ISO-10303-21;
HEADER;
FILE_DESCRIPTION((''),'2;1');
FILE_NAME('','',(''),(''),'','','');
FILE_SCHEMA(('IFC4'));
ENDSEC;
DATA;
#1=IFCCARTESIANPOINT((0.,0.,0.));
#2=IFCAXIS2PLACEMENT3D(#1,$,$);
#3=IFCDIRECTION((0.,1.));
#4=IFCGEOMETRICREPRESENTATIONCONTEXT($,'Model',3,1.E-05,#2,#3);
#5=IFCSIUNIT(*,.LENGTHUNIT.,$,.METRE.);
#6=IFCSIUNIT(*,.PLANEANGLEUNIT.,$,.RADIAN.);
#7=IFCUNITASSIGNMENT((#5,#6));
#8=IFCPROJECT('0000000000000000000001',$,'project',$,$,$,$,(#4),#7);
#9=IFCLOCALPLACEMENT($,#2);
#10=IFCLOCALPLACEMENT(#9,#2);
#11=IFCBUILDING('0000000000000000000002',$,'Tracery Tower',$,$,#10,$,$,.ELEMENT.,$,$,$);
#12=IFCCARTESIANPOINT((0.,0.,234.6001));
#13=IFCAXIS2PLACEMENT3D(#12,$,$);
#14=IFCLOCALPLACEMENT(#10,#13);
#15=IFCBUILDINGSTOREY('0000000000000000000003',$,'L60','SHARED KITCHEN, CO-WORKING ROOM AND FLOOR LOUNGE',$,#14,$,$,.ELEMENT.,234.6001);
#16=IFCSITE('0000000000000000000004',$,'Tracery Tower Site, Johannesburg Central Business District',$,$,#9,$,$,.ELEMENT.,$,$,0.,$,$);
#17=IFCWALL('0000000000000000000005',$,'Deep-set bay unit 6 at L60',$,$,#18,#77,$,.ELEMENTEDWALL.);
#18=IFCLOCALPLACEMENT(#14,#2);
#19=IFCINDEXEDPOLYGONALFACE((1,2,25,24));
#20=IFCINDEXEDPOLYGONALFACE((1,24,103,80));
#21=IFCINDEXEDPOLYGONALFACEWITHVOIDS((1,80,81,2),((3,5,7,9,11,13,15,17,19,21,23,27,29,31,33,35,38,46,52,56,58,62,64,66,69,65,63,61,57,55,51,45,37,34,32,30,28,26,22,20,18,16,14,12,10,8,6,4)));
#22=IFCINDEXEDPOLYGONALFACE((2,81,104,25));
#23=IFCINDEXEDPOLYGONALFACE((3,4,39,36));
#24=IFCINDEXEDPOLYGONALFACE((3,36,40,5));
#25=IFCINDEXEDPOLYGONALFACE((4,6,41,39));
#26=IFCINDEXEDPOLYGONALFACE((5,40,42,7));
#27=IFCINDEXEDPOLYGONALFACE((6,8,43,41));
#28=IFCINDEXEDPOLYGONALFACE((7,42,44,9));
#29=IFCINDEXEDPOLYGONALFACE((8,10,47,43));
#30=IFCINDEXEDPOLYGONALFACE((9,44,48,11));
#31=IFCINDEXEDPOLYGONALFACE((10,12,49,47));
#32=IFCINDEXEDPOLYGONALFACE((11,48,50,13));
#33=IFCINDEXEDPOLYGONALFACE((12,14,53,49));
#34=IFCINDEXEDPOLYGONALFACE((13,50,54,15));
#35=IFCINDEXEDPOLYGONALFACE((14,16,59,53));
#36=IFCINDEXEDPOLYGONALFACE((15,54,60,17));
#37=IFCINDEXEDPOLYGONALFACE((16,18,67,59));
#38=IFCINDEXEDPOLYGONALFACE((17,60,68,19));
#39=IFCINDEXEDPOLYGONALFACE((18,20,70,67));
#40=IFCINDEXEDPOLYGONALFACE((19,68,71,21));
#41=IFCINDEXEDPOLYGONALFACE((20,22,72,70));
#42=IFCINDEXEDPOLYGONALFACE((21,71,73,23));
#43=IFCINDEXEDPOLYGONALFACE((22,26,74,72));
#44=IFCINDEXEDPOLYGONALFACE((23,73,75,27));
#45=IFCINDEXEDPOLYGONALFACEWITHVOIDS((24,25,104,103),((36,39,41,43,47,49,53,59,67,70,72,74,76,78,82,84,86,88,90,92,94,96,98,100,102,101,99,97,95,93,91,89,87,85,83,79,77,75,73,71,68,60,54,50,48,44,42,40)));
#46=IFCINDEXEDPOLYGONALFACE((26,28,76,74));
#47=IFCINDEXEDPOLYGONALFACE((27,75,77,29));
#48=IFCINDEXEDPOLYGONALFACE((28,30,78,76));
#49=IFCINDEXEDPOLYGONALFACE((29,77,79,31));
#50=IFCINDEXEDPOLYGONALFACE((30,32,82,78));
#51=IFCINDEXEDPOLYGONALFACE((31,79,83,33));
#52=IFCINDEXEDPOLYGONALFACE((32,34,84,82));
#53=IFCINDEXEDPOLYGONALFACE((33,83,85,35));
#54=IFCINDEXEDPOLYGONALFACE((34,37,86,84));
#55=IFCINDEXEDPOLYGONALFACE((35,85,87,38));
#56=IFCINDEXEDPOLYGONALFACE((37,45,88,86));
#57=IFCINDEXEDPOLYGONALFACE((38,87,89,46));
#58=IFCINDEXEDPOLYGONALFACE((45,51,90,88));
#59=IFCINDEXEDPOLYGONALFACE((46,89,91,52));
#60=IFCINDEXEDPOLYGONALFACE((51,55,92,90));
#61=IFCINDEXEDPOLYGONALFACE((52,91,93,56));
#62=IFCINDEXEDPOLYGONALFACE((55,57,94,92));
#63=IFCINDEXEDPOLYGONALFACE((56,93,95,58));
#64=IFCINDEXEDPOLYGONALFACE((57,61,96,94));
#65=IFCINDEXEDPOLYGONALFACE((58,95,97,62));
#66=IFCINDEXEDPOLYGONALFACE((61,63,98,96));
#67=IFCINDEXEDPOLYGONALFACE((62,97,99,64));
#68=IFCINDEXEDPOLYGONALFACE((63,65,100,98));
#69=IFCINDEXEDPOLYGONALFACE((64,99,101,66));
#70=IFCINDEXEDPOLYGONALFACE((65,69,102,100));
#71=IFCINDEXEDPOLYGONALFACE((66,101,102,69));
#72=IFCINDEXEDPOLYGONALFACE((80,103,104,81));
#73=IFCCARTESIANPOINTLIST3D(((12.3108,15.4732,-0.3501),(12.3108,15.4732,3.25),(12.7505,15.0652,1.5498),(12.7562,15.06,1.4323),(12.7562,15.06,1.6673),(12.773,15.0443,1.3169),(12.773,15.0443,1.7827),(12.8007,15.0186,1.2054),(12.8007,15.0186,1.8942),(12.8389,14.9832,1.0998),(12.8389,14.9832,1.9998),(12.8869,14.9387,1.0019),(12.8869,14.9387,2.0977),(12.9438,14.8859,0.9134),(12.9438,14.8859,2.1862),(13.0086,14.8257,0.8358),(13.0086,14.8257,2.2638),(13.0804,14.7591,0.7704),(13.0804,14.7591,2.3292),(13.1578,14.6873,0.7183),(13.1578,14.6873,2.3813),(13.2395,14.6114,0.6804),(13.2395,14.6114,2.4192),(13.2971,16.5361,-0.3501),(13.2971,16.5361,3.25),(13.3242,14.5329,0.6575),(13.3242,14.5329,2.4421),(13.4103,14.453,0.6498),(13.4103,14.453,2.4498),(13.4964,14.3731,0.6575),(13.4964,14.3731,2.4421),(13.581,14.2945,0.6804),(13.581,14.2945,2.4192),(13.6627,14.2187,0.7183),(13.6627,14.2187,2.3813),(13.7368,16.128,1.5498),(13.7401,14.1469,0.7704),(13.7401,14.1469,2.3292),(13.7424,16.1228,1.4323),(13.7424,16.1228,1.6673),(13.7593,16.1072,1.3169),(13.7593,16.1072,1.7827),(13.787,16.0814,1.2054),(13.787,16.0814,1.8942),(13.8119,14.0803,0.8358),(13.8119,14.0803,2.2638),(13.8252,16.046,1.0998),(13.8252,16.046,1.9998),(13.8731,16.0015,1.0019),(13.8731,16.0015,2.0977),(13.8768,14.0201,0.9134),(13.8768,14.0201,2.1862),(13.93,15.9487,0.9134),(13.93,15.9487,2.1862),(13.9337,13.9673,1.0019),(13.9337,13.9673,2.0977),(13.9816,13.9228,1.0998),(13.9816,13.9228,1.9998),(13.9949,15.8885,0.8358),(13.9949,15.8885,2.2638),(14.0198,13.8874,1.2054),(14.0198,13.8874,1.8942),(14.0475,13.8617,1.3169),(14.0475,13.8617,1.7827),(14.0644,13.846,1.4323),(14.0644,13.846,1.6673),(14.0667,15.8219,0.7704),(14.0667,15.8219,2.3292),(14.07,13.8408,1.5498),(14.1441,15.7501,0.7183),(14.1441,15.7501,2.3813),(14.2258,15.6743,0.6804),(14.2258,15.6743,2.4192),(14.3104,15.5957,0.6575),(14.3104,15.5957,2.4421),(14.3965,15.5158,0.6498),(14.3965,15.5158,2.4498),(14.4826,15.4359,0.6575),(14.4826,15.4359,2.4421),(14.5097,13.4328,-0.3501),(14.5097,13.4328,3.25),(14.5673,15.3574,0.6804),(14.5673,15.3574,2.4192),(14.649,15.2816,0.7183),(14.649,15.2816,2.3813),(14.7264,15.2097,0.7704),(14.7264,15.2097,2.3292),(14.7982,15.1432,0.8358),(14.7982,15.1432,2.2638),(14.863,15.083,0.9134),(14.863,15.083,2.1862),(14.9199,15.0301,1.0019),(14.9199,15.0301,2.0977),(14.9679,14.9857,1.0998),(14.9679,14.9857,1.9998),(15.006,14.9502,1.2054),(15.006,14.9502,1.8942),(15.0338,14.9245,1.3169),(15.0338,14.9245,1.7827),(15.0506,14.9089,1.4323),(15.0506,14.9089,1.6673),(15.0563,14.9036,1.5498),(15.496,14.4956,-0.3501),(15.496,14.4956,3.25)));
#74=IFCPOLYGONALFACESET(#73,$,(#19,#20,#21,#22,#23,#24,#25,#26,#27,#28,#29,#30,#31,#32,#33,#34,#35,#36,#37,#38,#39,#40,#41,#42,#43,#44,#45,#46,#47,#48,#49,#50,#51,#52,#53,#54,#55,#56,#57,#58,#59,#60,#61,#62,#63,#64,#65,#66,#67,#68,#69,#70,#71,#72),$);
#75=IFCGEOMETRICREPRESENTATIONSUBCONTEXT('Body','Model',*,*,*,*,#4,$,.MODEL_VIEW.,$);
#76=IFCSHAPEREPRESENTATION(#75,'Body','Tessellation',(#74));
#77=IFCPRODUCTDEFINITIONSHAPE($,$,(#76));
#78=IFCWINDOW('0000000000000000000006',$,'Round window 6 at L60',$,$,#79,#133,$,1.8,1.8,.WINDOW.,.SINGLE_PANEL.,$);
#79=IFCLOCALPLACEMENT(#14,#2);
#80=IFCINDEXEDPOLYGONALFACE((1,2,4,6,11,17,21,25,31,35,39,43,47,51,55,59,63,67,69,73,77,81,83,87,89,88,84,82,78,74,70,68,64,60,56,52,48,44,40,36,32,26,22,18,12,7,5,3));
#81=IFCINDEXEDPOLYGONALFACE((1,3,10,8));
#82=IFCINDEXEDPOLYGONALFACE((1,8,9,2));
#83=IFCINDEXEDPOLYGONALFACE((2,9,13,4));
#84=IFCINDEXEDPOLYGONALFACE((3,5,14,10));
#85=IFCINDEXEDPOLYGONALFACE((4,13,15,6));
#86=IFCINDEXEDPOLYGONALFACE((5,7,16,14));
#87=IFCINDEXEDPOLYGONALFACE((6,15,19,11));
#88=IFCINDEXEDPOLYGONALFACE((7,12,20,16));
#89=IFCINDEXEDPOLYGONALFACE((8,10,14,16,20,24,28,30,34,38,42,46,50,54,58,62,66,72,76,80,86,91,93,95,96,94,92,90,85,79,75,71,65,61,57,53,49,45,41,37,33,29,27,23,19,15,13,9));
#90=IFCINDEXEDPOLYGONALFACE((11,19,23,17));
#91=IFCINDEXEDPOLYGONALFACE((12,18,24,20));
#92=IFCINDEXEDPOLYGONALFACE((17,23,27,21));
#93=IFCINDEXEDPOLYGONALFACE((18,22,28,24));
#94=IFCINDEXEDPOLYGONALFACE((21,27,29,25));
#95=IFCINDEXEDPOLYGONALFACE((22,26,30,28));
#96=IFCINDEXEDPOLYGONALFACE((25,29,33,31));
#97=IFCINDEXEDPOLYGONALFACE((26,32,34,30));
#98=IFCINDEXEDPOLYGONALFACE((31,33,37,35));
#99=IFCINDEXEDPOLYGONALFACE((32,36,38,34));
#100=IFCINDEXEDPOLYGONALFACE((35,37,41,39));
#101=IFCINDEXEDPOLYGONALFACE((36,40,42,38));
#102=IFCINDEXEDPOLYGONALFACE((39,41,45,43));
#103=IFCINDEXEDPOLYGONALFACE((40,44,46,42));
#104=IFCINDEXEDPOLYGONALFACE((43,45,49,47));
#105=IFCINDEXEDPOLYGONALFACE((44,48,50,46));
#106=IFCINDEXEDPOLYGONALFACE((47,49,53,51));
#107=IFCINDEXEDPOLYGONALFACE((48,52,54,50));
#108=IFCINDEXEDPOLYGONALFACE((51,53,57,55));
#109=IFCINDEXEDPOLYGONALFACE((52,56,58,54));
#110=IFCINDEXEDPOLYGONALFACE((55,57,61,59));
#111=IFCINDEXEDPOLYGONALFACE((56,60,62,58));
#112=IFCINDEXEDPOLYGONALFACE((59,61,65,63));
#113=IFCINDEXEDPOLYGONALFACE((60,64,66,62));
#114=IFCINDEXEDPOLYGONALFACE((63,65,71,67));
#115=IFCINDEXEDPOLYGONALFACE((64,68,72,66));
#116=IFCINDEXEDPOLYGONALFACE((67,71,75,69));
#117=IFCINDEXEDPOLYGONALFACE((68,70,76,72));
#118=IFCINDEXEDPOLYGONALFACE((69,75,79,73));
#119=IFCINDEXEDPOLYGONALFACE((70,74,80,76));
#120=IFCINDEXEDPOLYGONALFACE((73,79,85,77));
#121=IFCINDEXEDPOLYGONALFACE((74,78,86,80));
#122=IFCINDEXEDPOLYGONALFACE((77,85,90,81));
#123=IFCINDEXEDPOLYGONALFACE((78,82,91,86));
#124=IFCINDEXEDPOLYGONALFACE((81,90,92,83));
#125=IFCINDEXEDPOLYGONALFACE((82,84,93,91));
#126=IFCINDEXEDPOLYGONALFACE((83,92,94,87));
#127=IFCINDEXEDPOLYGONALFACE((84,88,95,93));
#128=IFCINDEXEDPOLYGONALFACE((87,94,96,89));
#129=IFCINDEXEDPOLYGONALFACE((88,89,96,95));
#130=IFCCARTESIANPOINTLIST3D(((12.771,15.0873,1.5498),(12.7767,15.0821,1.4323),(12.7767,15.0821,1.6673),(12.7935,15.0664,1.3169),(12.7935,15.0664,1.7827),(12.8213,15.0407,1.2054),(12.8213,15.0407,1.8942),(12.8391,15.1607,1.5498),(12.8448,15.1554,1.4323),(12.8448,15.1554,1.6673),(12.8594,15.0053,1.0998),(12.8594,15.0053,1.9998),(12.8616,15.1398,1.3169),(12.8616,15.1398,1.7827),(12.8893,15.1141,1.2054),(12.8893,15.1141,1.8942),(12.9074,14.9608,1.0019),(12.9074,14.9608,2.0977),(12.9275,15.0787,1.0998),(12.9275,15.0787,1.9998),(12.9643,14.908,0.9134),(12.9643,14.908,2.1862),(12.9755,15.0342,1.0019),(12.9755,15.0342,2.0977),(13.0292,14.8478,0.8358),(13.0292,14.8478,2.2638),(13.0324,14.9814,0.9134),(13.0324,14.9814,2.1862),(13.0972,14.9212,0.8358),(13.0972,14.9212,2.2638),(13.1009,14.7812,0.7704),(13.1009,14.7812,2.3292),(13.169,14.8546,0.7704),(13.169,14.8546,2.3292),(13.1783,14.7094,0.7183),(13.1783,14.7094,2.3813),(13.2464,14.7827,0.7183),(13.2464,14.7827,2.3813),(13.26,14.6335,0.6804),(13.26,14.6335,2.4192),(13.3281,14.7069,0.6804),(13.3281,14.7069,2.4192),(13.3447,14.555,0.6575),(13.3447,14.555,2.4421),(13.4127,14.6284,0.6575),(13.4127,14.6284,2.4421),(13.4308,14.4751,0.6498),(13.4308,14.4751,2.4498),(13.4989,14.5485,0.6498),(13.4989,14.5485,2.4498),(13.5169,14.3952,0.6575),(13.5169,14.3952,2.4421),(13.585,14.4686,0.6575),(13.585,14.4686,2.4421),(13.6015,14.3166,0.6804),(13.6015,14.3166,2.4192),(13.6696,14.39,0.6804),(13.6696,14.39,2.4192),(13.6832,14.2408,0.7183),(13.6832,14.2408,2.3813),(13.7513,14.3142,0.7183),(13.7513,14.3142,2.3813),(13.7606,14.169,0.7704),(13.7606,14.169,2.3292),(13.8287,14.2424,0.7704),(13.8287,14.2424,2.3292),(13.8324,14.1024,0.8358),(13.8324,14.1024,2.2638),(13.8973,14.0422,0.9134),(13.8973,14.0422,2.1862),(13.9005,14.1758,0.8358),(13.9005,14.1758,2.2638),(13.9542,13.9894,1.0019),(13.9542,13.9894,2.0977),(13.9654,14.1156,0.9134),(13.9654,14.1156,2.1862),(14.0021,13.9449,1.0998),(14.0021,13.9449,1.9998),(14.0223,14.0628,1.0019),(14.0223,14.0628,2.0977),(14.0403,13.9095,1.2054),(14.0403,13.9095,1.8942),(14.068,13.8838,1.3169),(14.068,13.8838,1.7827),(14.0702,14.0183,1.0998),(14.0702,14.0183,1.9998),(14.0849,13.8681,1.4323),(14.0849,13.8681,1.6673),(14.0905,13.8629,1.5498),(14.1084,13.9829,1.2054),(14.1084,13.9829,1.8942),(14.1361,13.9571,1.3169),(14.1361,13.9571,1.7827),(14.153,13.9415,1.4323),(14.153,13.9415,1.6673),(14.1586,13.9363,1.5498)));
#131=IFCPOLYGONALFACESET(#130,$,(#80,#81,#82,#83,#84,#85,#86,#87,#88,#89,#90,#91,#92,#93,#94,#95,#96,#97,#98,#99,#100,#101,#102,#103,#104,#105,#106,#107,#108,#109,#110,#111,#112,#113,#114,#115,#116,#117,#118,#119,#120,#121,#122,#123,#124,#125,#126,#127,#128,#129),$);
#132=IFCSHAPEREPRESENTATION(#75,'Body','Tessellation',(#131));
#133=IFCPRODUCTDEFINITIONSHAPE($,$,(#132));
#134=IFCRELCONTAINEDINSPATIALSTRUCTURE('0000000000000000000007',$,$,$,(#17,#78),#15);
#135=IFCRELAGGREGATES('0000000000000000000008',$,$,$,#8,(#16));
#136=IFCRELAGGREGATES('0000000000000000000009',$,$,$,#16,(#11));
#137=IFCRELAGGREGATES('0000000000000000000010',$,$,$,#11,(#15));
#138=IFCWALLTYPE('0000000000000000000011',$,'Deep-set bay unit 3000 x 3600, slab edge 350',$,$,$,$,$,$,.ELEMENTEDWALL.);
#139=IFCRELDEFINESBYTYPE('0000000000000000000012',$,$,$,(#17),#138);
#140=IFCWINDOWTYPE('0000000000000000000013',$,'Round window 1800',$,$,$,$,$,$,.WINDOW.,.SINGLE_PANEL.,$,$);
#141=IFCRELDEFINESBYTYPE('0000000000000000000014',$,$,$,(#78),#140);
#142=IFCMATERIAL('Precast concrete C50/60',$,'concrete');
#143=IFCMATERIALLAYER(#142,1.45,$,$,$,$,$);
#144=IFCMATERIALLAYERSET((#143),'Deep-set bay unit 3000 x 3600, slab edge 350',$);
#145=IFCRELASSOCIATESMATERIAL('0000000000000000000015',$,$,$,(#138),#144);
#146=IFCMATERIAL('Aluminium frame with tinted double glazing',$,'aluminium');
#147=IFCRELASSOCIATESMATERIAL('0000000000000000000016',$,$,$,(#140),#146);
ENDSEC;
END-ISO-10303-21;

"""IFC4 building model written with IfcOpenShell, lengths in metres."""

from ifc_helpers import new_model, si_unit, direction, frame, frame_2d, origin, origin_2d, place, context, subcontext, project, spatial, rectangle, circle, extrude, material, layer, layer_set, type_object, element, fill, save


model = new_model("IFC4")

# Units and contexts
model_context = context("Model", 3, precision=1e-05, world=origin(), true_north=direction((0.0, 1.0)))
body_context = subcontext(model_context, "Body", "Model", "MODEL_VIEW")
ifc_project = project(units=[si_unit("LENGTHUNIT", "METRE"), si_unit("PLANEANGLEUNIT", "RADIAN")], contexts=[model_context])

# Site, building, storey
site_placement = place(None, origin())
site = spatial("IfcSite", under=ifc_project, at=site_placement, Name="Tracery Tower Site, Johannesburg Central Business District", CompositionType="ELEMENT", RefElevation=0.0)
building_placement = place(site_placement, origin())
building = spatial("IfcBuilding", under=site, at=building_placement, Name="Tracery Tower", CompositionType="ELEMENT")
storey_placement = place(building_placement, frame((0.0, 0.0, 234.6001)))
storey = spatial("IfcBuildingStorey", under=building, at=storey_placement, Name="L60", Description="SHARED KITCHEN, CO-WORKING ROOM AND FLOOR LOUNGE", CompositionType="ELEMENT", Elevation=234.6001)

# Wall, opening, window
ifc_material_1 = material(Name="Precast concrete C50/60", Category="concrete")
ifc_layer_1 = layer(ifc_material_1, 1.45)
ifc_layer_set_1 = layer_set([ifc_layer_1], Name="Deep-set bay unit 3000 x 3600, slab edge 350")
wall_type_1 = type_object("IfcWallType", Name="Deep-set bay unit 3000 x 3600, slab edge 350", PredefinedType="ELEMENTEDWALL", material=ifc_layer_set_1)
wall_1_placement = place(storey_placement, frame((15.0029, 13.9641, -0.3501), z_axis=(0.0, 0.0, 1.0), x_axis=(-0.733022, 0.680204, 0.0)))
wall_1 = element("IfcWall", 1, at=wall_1_placement, inside=storey, type_object=wall_type_1, Name="Deep-set bay unit 6 at L60", PredefinedType="ELEMENTEDWALL", context=body_context, shape_type="SweptSolid", body=[
    extrude(rectangle(XDim=2.9998, YDim=1.45, at=frame_2d((1.5, 0.0))), origin(), (0.0, 0.0, 1.0), 3.6001),
])
opening_1_placement = place(wall_1_placement, frame((1.5, 0.0, 1.8999)))
opening_1 = element("IfcOpeningElement", 2, at=opening_1_placement, cuts=wall_1, PredefinedType="OPENING", context=body_context, shape_type="SweptSolid", body=[
    extrude(circle(Radius=0.9, at=origin_2d()), frame((0.0, 0.7349, 0.0), z_axis=(0.0, -1.0, 0.0), x_axis=(1.0, 0.0, 0.0)), (0.0, 0.0, 1.0), 1.47),
])
ifc_material_2 = material(Name="Aluminium frame with tinted double glazing", Category="aluminium")
window_type = type_object("IfcWindowType", Name="Round window 1800", PartitioningType="SINGLE_PANEL", PredefinedType="WINDOW", material=ifc_material_2)
window_1_placement = place(opening_1_placement, origin())
window_1 = element("IfcWindow", 3, at=window_1_placement, inside=storey, type_object=window_type, Name="Round window 6 at L60", OverallHeight=1.8, OverallWidth=1.8, PartitioningType="SINGLE_PANEL", PredefinedType="WINDOW", context=body_context, shape_type="SweptSolid", body=[
    extrude(circle(Radius=0.9, at=origin_2d()), frame((0.0, 0.6948, 0.0), z_axis=(0.0, -1.0, 0.0), x_axis=(1.0, 0.0, 0.0)), (0.0, 0.0, 1.0), 0.1001),
])
fill(opening_1, window_1)

save(model, "model.ifc")
